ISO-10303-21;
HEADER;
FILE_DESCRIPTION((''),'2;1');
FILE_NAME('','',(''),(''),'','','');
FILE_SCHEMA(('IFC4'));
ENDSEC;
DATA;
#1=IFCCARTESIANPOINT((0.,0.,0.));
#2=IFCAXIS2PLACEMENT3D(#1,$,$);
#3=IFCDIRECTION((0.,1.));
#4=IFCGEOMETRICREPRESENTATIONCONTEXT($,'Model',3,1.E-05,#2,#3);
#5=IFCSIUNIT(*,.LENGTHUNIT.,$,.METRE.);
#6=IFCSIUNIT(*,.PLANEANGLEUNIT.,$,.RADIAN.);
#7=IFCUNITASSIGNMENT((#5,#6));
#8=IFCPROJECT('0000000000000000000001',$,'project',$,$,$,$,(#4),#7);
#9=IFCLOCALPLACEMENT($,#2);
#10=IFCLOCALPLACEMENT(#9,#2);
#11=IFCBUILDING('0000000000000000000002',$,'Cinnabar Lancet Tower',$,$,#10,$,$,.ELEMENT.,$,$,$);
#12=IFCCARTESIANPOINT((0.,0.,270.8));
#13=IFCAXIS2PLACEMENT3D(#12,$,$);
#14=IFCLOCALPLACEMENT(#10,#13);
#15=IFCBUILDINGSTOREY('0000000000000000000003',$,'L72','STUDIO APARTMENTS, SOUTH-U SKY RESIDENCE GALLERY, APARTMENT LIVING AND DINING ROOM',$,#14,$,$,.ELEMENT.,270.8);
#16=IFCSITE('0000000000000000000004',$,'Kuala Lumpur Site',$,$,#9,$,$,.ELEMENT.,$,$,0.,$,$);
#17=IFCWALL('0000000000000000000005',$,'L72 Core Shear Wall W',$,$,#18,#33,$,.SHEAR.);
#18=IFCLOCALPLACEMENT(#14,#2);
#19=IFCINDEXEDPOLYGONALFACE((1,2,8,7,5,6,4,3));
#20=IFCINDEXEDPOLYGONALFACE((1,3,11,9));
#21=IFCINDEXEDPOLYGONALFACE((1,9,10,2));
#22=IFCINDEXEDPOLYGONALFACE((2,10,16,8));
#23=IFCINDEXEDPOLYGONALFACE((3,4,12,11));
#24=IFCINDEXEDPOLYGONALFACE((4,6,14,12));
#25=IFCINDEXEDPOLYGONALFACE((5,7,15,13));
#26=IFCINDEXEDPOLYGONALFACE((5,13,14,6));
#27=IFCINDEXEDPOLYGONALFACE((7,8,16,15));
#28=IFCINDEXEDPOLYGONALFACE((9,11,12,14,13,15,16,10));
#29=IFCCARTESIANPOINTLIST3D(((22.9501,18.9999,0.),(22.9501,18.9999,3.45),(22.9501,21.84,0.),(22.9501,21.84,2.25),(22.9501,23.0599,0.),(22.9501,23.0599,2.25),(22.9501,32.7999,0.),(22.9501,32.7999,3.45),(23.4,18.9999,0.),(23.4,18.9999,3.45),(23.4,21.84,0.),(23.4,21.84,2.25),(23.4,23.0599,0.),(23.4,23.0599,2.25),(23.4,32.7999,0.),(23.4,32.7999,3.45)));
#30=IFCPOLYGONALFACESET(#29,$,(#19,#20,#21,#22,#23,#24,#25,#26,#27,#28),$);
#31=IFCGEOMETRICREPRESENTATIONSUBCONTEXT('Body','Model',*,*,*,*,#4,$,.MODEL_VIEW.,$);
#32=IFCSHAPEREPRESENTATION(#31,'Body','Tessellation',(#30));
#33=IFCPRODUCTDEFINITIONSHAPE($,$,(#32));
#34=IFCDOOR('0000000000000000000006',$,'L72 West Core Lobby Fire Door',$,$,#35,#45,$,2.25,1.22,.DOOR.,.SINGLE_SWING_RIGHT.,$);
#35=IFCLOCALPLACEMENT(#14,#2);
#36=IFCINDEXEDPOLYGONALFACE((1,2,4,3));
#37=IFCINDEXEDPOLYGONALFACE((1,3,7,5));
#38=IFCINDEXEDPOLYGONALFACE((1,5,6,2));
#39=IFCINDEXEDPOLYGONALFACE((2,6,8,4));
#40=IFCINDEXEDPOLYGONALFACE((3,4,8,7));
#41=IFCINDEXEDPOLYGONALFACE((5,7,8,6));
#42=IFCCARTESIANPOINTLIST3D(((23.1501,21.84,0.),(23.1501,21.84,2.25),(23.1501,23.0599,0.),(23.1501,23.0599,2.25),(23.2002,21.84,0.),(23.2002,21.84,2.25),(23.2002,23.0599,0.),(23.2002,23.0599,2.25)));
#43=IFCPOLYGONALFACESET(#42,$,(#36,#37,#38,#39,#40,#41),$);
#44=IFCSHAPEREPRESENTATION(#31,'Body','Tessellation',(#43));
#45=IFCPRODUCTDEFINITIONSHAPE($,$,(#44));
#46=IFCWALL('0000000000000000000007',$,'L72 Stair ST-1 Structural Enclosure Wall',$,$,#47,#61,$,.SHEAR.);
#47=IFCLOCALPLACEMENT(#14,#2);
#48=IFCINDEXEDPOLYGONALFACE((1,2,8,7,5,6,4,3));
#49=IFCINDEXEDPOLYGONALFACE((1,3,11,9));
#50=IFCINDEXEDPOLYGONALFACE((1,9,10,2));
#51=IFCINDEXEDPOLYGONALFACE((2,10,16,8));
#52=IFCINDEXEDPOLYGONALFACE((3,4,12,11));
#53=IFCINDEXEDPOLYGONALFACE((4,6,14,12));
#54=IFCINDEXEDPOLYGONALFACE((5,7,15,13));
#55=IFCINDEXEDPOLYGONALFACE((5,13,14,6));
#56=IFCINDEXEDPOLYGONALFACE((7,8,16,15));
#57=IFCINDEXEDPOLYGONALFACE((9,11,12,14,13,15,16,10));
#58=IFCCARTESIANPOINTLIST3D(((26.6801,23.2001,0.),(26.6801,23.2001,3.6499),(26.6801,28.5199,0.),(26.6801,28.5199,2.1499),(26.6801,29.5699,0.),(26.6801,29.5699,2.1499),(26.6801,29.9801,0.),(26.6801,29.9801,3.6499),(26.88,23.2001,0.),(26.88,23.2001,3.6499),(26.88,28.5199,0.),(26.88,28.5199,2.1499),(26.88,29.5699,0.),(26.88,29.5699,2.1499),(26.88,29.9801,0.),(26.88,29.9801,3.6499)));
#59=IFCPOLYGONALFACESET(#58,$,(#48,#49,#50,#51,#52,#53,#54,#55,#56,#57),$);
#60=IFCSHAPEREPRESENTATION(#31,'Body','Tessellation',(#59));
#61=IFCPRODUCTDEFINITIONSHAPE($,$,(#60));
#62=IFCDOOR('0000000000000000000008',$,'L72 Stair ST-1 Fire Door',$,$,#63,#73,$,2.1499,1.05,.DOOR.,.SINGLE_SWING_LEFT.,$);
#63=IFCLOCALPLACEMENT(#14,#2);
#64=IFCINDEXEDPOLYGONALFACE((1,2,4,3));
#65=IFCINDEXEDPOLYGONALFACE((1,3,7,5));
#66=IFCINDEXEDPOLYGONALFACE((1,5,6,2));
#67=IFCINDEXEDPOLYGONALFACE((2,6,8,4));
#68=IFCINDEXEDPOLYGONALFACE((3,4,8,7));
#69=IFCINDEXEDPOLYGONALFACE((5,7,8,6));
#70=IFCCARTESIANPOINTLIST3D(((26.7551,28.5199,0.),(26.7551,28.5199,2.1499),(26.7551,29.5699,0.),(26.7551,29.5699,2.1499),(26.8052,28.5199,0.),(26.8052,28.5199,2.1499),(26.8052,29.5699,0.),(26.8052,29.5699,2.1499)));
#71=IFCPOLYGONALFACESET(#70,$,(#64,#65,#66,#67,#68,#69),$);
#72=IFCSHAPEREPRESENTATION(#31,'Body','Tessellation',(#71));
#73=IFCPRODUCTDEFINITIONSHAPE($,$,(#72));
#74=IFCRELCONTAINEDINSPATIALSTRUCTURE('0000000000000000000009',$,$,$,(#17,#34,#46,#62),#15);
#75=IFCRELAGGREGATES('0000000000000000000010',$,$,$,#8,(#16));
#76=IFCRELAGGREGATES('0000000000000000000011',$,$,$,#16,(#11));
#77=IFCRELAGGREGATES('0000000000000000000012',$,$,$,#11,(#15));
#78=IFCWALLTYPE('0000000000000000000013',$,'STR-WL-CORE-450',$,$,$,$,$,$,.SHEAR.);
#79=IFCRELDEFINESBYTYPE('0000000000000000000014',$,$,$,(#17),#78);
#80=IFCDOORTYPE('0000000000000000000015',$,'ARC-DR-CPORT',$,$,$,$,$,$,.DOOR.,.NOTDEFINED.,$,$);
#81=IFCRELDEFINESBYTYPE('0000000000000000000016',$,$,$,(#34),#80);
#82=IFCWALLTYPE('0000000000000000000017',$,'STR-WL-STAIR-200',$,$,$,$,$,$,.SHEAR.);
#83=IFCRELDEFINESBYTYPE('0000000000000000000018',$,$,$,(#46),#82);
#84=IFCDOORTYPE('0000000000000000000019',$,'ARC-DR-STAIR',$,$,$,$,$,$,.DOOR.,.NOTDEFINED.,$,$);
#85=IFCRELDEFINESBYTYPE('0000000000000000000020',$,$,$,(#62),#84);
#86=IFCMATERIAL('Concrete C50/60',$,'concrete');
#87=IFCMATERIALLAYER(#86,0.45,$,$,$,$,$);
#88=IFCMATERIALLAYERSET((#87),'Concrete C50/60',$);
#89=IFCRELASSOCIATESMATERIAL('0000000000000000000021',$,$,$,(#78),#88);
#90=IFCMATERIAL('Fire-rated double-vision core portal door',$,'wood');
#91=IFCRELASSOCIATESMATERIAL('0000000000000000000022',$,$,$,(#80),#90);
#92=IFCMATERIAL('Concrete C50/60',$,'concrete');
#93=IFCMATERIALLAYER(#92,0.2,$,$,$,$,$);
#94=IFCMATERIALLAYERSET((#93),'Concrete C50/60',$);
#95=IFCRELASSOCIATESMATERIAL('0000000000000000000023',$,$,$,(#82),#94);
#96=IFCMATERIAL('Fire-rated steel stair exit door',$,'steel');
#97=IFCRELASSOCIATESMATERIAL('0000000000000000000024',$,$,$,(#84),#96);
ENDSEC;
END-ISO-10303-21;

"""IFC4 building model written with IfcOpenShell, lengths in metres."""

from ifc_helpers import new_model, si_unit, direction, frame, frame_2d, origin, place, context, subcontext, project, spatial, rectangle, extrude, material, layer, layer_set, type_object, element, fill, save


model = new_model("IFC4")

# Units and contexts
model_context = context("Model", 3, precision=1e-05, world=origin(), true_north=direction((0.0, 1.0)))
body_context = subcontext(model_context, "Body", "Model", "MODEL_VIEW")
ifc_project = project(units=[si_unit("LENGTHUNIT", "METRE"), si_unit("PLANEANGLEUNIT", "RADIAN")], contexts=[model_context])

# Site, building, storey
site_placement = place(None, origin())
site = spatial("IfcSite", under=ifc_project, at=site_placement, Name="Kuala Lumpur Site", CompositionType="ELEMENT", RefElevation=0.0)
building_placement = place(site_placement, origin())
building = spatial("IfcBuilding", under=site, at=building_placement, Name="Cinnabar Lancet Tower", CompositionType="ELEMENT")
storey_placement = place(building_placement, frame((0.0, 0.0, 270.8)))
storey = spatial("IfcBuildingStorey", under=building, at=storey_placement, Name="L72", Description="STUDIO APARTMENTS, SOUTH-U SKY RESIDENCE GALLERY, APARTMENT LIVING AND DINING ROOM", CompositionType="ELEMENT", Elevation=270.8)

# Shared definitions
ifc_material_1 = material(Name="Concrete C50/60", Category="concrete")
ifc_layer_1 = layer(ifc_material_1, 0.45)
ifc_layer_set_1 = layer_set([ifc_layer_1], Name="Concrete C50/60")
wall_type_1 = type_object("IfcWallType", Name="STR-WL-CORE-450", PredefinedType="SHEAR", material=ifc_layer_set_1)

# Walls, openings, doors
wall_1_placement = place(storey_placement, frame((23.175, 19.0, 0.0), z_axis=(0.0, 0.0, 1.0), x_axis=(0.0, 1.0, 0.0)))
wall_1 = element("IfcWall", 1, at=wall_1_placement, inside=storey, type_object=wall_type_1, Name="L72 Core Shear Wall W", PredefinedType="SHEAR", context=body_context, shape_type="SweptSolid", body=[
    extrude(rectangle(XDim=13.8, YDim=0.45, at=frame_2d((6.8999, 0.0))), origin(), (0.0, 0.0, 1.0), 3.45),
])
opening_1_placement = place(wall_1_placement, frame((2.8401, 0.0, 0.0)))
opening_1 = element("IfcOpeningElement", 2, at=opening_1_placement, cuts=wall_1, PredefinedType="OPENING", context=body_context, shape_type="SweptSolid", body=[
    extrude(rectangle(XDim=1.22, YDim=2.25, at=frame_2d((0.6099, 1.125))), frame((0.0, 0.2349, 0.0), z_axis=(0.0, -1.0, 0.0), x_axis=(1.0, 0.0, 0.0)), (0.0, 0.0, 1.0), 0.47),
])
ifc_material_2 = material(Name="Fire-rated double-vision core portal door", Category="wood")
door_type_1 = type_object("IfcDoorType", Name="ARC-DR-CPORT", OperationType="NOTDEFINED", PredefinedType="DOOR", material=ifc_material_2)
door_1_placement = place(opening_1_placement, origin())
door_1 = element("IfcDoor", 3, at=door_1_placement, inside=storey, type_object=door_type_1, Name="L72 West Core Lobby Fire Door", OperationType="SINGLE_SWING_RIGHT", OverallHeight=2.25, OverallWidth=1.22, PredefinedType="DOOR", context=body_context, shape_type="SweptSolid", body=[
    extrude(rectangle(XDim=1.22, YDim=2.25, at=frame_2d((0.6099, 1.125))), frame((0.0, 0.0249, 0.0), z_axis=(0.0, -1.0, 0.0), x_axis=(1.0, 0.0, 0.0)), (0.0, 0.0, 1.0), 0.05),
])
fill(opening_1, door_1)
ifc_material_3 = material(Name="Concrete C50/60", Category="concrete")
ifc_layer_2 = layer(ifc_material_3, 0.2)
ifc_layer_set_2 = layer_set([ifc_layer_2], Name="Concrete C50/60")
wall_type_2 = type_object("IfcWallType", Name="STR-WL-STAIR-200", PredefinedType="SHEAR", material=ifc_layer_set_2)
wall_2_placement = place(storey_placement, frame((26.78, 23.2, 0.0), z_axis=(0.0, 0.0, 1.0), x_axis=(0.0, 1.0, 0.0)))
wall_2 = element("IfcWall", 4, at=wall_2_placement, inside=storey, type_object=wall_type_2, Name="L72 Stair ST-1 Structural Enclosure Wall", PredefinedType="SHEAR", context=body_context, shape_type="SweptSolid", body=[
    extrude(rectangle(XDim=6.78, YDim=0.2, at=frame_2d((3.3901, 0.0))), origin(), (0.0, 0.0, 1.0), 3.6499),
])
opening_2_placement = place(wall_2_placement, frame((5.3201, 0.0, 0.0)))
opening_2 = element("IfcOpeningElement", 5, at=opening_2_placement, cuts=wall_2, PredefinedType="OPENING", context=body_context, shape_type="SweptSolid", body=[
    extrude(rectangle(XDim=1.05, YDim=2.1499, at=frame_2d((0.5249, 1.075))), frame((0.0, 0.1099, 0.0), z_axis=(0.0, -1.0, 0.0), x_axis=(1.0, 0.0, 0.0)), (0.0, 0.0, 1.0), 0.22),
])
ifc_material_4 = material(Name="Fire-rated steel stair exit door", Category="steel")
door_type_2 = type_object("IfcDoorType", Name="ARC-DR-STAIR", OperationType="NOTDEFINED", PredefinedType="DOOR", material=ifc_material_4)
door_2_placement = place(opening_2_placement, origin())
door_2 = element("IfcDoor", 6, at=door_2_placement, inside=storey, type_object=door_type_2, Name="L72 Stair ST-1 Fire Door", OperationType="SINGLE_SWING_LEFT", OverallHeight=2.1499, OverallWidth=1.05, PredefinedType="DOOR", context=body_context, shape_type="SweptSolid", body=[
    extrude(rectangle(XDim=1.05, YDim=2.1499, at=frame_2d((0.5249, 1.075))), frame((0.0, 0.0249, 0.0), z_axis=(0.0, -1.0, 0.0), x_axis=(1.0, 0.0, 0.0)), (0.0, 0.0, 1.0), 0.05),
])
fill(opening_2, door_2)

save(model, "model.ifc")
